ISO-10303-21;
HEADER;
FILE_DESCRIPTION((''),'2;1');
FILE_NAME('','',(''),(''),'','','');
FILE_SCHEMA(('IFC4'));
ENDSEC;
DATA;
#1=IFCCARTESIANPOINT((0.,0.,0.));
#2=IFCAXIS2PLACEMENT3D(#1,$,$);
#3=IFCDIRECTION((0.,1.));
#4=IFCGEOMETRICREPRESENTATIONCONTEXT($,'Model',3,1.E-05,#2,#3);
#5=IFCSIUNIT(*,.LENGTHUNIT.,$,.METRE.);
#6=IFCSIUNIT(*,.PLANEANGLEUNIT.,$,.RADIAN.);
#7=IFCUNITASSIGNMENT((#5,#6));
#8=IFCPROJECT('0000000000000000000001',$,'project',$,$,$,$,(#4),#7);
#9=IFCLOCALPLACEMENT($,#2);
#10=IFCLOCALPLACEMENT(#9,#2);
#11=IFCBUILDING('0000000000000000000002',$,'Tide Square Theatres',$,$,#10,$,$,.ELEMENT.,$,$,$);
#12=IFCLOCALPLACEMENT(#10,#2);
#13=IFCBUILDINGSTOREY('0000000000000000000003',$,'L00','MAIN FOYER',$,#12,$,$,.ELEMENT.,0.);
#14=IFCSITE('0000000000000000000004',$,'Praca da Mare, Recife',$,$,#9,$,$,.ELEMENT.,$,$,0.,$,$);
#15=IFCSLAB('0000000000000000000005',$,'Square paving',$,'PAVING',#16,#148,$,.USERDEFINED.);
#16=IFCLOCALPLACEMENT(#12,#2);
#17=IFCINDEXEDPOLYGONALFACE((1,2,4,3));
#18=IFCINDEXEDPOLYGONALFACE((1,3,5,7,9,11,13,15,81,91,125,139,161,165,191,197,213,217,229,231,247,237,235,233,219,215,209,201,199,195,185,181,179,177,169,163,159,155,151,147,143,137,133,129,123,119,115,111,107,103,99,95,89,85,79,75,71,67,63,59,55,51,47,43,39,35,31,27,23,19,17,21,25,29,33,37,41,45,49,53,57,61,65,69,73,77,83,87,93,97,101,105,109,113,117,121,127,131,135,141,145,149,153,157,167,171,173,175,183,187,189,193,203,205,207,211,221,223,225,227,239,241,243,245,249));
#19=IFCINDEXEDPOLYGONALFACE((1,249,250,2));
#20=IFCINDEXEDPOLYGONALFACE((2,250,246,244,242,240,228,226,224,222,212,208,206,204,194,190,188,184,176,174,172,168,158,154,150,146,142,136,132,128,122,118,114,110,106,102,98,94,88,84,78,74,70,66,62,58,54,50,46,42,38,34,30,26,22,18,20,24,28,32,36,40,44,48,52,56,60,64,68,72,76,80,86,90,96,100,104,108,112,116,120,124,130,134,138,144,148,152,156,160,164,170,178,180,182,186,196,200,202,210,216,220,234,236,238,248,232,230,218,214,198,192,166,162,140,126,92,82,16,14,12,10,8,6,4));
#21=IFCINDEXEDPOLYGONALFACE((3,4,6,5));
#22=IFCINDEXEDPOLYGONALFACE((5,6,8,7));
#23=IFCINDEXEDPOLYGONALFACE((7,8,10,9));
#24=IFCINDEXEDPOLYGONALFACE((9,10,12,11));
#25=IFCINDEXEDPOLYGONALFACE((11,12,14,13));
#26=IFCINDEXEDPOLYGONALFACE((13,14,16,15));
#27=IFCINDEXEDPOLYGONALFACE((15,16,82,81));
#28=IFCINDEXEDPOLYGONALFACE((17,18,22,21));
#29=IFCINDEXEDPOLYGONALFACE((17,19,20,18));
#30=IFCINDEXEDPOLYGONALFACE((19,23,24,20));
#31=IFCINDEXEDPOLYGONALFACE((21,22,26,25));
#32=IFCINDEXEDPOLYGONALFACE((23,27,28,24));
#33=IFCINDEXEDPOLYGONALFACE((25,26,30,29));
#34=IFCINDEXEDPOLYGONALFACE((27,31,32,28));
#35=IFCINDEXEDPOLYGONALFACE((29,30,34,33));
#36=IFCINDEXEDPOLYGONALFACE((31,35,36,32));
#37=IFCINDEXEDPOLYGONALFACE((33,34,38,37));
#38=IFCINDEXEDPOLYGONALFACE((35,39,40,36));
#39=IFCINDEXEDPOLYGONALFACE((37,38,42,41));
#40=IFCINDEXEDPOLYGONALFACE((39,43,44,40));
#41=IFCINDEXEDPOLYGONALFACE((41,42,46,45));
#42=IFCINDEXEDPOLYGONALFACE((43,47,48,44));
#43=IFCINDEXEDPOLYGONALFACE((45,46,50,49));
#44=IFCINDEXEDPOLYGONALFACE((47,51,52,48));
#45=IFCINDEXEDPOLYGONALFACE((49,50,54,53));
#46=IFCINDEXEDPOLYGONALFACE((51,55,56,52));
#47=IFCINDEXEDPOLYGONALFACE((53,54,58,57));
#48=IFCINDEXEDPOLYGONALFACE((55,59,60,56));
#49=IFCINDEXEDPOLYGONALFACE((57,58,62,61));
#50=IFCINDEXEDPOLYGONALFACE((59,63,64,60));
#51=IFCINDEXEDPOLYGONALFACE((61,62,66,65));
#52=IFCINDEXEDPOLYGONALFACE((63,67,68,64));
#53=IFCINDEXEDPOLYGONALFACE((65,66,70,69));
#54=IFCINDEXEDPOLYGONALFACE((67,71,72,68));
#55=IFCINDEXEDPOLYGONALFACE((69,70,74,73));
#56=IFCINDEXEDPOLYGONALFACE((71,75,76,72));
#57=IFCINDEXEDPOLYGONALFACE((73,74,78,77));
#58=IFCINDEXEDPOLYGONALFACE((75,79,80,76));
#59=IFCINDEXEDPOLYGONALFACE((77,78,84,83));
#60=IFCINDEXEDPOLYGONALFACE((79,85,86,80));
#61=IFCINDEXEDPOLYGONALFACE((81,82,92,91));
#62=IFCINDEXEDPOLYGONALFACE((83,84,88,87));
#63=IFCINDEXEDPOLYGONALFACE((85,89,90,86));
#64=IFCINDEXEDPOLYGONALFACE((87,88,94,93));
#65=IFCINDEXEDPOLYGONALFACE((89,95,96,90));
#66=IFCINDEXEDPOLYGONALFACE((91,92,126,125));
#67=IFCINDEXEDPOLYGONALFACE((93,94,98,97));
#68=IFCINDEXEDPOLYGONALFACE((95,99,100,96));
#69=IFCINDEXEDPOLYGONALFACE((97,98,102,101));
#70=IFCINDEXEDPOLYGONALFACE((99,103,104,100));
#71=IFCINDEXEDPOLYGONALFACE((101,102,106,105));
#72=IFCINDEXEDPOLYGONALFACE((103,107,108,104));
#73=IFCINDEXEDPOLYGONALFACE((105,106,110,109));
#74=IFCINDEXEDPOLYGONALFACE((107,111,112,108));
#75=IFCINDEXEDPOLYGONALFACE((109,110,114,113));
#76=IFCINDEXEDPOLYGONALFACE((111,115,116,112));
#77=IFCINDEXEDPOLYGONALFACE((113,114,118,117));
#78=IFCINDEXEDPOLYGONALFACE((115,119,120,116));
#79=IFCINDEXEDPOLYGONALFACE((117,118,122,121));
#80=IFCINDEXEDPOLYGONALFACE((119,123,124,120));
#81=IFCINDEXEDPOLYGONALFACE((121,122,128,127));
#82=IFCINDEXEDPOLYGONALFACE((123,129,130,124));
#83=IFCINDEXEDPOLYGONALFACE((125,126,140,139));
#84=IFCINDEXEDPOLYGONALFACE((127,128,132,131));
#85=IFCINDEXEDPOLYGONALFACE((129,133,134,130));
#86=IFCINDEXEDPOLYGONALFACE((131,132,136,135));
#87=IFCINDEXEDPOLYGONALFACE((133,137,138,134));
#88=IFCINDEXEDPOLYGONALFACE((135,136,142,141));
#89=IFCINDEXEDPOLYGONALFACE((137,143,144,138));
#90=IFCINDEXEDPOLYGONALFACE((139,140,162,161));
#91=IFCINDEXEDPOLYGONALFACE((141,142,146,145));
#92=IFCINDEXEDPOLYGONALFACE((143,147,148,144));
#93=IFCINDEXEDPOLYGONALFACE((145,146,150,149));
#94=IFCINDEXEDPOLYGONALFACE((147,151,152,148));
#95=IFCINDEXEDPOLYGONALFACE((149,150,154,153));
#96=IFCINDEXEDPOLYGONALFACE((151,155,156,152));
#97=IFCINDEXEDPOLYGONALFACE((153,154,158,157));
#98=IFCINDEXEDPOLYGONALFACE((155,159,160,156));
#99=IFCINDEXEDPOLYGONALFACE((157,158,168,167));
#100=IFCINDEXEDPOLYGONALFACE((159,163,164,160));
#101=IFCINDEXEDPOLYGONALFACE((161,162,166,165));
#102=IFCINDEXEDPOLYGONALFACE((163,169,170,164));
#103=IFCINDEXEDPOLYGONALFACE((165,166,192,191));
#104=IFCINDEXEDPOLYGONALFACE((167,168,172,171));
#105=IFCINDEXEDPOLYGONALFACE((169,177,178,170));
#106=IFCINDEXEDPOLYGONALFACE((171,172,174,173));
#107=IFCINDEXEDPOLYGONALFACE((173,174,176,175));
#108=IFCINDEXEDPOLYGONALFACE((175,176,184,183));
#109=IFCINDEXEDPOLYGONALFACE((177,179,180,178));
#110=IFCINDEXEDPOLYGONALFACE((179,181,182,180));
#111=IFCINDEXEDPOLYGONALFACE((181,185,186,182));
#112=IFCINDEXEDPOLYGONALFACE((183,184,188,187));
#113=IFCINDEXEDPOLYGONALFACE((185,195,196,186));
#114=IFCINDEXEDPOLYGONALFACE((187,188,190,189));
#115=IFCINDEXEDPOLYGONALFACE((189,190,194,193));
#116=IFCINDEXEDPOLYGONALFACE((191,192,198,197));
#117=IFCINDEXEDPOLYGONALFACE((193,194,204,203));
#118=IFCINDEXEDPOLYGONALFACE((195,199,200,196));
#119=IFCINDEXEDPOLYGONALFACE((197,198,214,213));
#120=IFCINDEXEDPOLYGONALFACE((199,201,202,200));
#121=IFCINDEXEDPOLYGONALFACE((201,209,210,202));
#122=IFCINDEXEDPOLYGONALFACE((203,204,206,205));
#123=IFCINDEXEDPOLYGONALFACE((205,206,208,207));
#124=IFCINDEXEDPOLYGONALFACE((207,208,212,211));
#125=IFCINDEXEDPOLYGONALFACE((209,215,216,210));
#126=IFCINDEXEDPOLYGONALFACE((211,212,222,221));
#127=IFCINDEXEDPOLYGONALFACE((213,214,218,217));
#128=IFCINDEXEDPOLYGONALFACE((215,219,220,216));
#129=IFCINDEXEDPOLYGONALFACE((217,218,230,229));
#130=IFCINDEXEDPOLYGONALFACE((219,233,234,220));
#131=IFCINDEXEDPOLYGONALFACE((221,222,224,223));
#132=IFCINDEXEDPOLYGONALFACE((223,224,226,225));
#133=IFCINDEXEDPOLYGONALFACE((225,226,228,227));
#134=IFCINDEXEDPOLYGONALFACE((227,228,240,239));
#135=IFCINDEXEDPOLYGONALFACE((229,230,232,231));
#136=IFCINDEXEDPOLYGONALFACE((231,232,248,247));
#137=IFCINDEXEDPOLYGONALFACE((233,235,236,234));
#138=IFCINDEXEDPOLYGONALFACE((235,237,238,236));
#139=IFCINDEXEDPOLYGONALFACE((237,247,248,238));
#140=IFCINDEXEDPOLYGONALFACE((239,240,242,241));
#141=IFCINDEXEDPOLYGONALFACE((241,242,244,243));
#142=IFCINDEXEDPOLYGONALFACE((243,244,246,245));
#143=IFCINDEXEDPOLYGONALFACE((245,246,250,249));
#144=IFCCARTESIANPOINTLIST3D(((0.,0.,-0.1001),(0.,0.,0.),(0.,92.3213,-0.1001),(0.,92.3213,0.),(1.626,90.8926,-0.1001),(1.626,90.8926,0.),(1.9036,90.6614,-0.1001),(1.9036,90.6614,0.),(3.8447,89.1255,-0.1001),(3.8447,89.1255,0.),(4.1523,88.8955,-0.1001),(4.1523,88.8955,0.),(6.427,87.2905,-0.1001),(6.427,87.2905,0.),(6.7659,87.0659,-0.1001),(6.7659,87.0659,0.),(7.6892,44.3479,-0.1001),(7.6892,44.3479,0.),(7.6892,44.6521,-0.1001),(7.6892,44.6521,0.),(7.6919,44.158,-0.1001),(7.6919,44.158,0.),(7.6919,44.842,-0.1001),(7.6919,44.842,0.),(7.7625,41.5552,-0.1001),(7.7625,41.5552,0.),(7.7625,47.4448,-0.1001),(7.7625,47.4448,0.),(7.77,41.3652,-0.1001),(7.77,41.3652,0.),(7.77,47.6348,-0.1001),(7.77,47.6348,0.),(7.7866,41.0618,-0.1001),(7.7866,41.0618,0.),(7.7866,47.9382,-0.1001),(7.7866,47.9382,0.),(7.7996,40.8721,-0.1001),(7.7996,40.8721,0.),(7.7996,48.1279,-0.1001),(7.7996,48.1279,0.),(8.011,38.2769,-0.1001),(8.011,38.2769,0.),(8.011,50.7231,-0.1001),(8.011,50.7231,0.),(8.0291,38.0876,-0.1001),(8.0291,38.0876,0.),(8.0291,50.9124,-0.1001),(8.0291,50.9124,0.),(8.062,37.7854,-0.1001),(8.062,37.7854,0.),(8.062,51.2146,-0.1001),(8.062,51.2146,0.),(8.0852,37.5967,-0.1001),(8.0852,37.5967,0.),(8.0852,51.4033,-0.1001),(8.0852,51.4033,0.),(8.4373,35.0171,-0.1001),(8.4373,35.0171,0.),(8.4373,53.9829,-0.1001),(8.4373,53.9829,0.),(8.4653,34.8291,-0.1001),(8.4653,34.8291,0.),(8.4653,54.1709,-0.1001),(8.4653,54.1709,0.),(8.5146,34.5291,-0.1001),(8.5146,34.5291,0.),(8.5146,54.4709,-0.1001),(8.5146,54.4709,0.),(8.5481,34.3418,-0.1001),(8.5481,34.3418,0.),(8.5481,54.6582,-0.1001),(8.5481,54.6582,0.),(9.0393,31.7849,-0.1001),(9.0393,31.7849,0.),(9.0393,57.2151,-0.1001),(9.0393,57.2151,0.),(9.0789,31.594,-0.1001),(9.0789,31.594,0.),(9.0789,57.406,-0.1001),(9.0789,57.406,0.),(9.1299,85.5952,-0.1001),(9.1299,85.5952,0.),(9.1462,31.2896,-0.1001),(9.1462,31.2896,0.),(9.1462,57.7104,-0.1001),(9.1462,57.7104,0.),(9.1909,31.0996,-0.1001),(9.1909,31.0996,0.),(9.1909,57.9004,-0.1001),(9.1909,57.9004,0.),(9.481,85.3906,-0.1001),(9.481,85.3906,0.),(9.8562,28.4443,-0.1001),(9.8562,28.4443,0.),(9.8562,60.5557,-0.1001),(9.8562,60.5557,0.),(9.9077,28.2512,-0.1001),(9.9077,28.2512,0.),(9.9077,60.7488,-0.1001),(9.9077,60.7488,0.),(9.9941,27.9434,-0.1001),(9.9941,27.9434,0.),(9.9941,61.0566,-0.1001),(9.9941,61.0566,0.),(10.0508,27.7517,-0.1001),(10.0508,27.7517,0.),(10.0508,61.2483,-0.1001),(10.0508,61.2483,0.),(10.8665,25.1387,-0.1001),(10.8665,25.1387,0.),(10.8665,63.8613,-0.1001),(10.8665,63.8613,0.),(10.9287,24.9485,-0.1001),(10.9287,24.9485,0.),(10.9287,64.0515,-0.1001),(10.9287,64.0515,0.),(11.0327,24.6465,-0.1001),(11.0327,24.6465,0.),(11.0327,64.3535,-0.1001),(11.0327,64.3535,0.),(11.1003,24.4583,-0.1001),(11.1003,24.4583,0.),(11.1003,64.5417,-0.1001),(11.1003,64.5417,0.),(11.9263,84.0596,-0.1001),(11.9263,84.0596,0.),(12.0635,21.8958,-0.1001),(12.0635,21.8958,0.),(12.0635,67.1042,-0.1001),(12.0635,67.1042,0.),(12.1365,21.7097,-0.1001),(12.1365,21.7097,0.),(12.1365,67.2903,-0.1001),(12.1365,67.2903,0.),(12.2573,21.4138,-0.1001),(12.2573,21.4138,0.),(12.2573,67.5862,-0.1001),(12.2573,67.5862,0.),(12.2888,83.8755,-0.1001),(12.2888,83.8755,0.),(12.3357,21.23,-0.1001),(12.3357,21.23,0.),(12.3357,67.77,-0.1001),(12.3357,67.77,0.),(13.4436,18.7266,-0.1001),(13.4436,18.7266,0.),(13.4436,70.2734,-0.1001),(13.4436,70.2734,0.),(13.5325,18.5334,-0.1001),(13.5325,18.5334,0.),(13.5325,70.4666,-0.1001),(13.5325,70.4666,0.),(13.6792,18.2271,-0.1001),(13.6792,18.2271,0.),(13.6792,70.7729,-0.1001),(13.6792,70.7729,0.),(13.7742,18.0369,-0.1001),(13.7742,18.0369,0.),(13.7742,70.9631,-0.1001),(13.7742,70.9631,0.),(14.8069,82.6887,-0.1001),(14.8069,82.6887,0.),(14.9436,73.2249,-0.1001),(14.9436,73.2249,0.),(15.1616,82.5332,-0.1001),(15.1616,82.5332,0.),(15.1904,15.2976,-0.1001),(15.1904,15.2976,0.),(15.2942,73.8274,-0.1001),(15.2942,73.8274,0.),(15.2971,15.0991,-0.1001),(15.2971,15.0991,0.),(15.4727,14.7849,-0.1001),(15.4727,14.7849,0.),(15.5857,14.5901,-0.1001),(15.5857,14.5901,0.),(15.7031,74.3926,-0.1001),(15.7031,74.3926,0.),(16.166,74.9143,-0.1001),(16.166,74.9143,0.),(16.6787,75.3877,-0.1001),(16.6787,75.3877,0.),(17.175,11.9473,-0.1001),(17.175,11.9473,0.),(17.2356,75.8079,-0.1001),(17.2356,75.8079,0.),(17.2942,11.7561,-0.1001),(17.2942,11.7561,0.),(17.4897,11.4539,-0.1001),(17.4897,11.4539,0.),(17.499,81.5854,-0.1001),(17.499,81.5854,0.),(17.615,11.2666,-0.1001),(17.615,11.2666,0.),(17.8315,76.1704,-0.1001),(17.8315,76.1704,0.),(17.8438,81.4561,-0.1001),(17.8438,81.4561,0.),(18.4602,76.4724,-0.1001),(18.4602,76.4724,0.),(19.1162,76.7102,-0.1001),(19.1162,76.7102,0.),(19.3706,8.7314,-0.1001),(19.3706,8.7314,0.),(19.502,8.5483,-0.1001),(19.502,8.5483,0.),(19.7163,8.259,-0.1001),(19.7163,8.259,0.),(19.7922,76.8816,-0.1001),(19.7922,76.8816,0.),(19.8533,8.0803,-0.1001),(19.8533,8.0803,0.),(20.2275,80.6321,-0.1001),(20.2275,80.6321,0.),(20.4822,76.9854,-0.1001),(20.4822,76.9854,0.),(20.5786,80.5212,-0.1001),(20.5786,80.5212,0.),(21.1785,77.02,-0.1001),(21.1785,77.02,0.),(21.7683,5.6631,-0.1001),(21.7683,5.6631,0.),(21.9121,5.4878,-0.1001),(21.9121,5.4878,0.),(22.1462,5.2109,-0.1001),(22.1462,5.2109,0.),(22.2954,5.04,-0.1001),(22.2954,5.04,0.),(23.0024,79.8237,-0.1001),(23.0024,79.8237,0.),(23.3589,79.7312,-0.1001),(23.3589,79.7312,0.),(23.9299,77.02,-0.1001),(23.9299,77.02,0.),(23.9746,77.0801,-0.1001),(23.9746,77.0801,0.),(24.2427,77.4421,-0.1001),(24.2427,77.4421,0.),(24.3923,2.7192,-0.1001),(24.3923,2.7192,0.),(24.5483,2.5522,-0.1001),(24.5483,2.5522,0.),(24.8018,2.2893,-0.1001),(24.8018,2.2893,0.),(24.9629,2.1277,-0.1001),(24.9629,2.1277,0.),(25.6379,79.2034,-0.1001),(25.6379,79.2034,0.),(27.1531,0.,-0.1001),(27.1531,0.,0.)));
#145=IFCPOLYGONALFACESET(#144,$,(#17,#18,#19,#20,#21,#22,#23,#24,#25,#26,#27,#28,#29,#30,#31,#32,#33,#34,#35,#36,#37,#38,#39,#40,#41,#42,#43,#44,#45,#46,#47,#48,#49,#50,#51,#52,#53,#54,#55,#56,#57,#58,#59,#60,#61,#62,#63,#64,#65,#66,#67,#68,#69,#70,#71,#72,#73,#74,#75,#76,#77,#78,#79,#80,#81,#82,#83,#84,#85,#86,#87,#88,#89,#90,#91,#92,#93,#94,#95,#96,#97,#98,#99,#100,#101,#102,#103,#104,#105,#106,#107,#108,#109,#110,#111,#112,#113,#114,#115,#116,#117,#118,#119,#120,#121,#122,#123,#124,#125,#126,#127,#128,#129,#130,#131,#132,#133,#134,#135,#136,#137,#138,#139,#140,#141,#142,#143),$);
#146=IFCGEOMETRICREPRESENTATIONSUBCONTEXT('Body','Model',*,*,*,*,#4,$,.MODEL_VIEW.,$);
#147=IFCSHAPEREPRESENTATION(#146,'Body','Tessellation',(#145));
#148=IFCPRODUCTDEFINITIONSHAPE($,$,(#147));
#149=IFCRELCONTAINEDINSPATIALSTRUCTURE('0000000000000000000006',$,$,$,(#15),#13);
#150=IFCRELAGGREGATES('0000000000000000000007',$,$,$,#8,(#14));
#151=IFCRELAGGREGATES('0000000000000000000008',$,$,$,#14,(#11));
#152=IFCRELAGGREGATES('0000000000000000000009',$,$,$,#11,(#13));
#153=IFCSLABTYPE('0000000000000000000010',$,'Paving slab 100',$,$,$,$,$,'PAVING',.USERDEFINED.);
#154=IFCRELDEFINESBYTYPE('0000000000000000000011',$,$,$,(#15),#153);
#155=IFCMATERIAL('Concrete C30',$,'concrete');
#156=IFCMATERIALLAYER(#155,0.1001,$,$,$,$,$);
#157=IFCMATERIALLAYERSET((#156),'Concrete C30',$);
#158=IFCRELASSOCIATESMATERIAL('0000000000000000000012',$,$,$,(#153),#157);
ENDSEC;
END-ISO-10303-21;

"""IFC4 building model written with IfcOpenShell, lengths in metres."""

from ifc_helpers import new_model, si_unit, direction, frame, origin, place, context, subcontext, project, spatial, polyline, outline, extrude, material, layer, layer_set, type_object, element, save


model = new_model("IFC4")

# Units and contexts
model_context = context("Model", 3, precision=1e-05, world=origin(), true_north=direction((0.0, 1.0)))
body_context = subcontext(model_context, "Body", "Model", "MODEL_VIEW")
ifc_project = project(units=[si_unit("LENGTHUNIT", "METRE"), si_unit("PLANEANGLEUNIT", "RADIAN")], contexts=[model_context])

# Site, building, storey
site_placement = place(None, origin())
site = spatial("IfcSite", under=ifc_project, at=site_placement, Name="Praca da Mare, Recife", CompositionType="ELEMENT", RefElevation=0.0)
building_placement = place(site_placement, origin())
building = spatial("IfcBuilding", under=site, at=building_placement, Name="Tide Square Theatres", CompositionType="ELEMENT")
storey_placement = place(building_placement, origin())
storey = spatial("IfcBuildingStorey", under=building, at=storey_placement, Name="L00", Description="MAIN FOYER", CompositionType="ELEMENT", Elevation=0.0)

# Slab
ifc_material_1 = material(Name="Concrete C30", Category="concrete")
ifc_layer_1 = layer(ifc_material_1, 0.1001)
ifc_layer_set_1 = layer_set([ifc_layer_1], Name="Concrete C30")
slab_type_1 = type_object("IfcSlabType", Name="Paving slab 100", ElementType="PAVING", PredefinedType="USERDEFINED", material=ifc_layer_set_1)
slab_1_placement = place(storey_placement, frame((0.0, 0.0, -0.1001)))
element("IfcSlab", 1, at=slab_1_placement, inside=storey, type_object=slab_type_1, Name="Square paving", ObjectType="PAVING", PredefinedType="USERDEFINED", context=body_context, shape_type="SweptSolid", body=[
    extrude(outline(polyline([(0.0, 0.0), (27.1531, 0.0), (24.9629, 2.1277), (24.8018, 2.2893), (24.5483, 2.5522), (24.3923, 2.7192), (22.2954, 5.04), (22.1462, 5.2109), (21.9121, 5.4878), (21.7683, 5.6631), (19.8533, 8.0803), (19.7163, 8.259), (19.502, 8.5483), (19.3706, 8.7314), (17.615, 11.2666), (17.4897, 11.4539), (17.2942, 11.7561), (17.175, 11.9473), (15.5857, 14.5901), (15.4727, 14.7849), (15.2971, 15.0991), (15.1904, 15.2976), (13.7742, 18.0369), (13.6792, 18.2271), (13.5325, 18.5334), (13.4436, 18.7266), (12.3357, 21.23), (12.2573, 21.4138), (12.1365, 21.7097), (12.0635, 21.8958), (11.1003, 24.4583), (11.0327, 24.6465), (10.9287, 24.9485), (10.8665, 25.1387), (10.0508, 27.7517), (9.9941, 27.9434), (9.9077, 28.2512), (9.8562, 28.4443), (9.1909, 31.0996), (9.1462, 31.2896), (9.0789, 31.594), (9.0393, 31.7849), (8.5481, 34.3418), (8.5146, 34.5291), (8.4653, 34.8291), (8.4373, 35.0171), (8.0852, 37.5967), (8.062, 37.7854), (8.0291, 38.0876), (8.011, 38.2769), (7.7996, 40.8721), (7.7866, 41.0618), (7.77, 41.3652), (7.7625, 41.5552), (7.6919, 44.158), (7.6892, 44.3479), (7.6892, 44.6521), (7.6919, 44.842), (7.7625, 47.4448), (7.77, 47.6348), (7.7866, 47.9382), (7.7996, 48.1279), (8.011, 50.7231), (8.0291, 50.9124), (8.062, 51.2146), (8.0852, 51.4033), (8.4373, 53.9829), (8.4653, 54.1709), (8.5146, 54.4709), (8.5481, 54.6582), (9.0393, 57.2151), (9.0789, 57.406), (9.1462, 57.7104), (9.1909, 57.9004), (9.8562, 60.5557), (9.9077, 60.7488), (9.9941, 61.0566), (10.0508, 61.2483), (10.8665, 63.8613), (10.9287, 64.0515), (11.0327, 64.3535), (11.1003, 64.5417), (12.0635, 67.1042), (12.1365, 67.2903), (12.2573, 67.5862), (12.3357, 67.77), (13.4436, 70.2734), (13.5325, 70.4666), (13.6792, 70.7729), (13.7742, 70.9631), (14.9436, 73.2249), (15.2942, 73.8274), (15.7031, 74.3926), (16.166, 74.9143), (16.6787, 75.3877), (17.2356, 75.8079), (17.8315, 76.1704), (18.4602, 76.4724), (19.1162, 76.7102), (19.7922, 76.8816), (20.4822, 76.9854), (21.1785, 77.02), (23.9299, 77.02), (23.9746, 77.0801), (24.2427, 77.4421), (25.6379, 79.2034), (23.3589, 79.7312), (23.0024, 79.8237), (20.5786, 80.5212), (20.2275, 80.6321), (17.8438, 81.4561), (17.499, 81.5854), (15.1616, 82.5332), (14.8069, 82.6887), (12.2888, 83.8755), (11.9263, 84.0596), (9.481, 85.3906), (9.1299, 85.5952), (6.7659, 87.0659), (6.427, 87.2905), (4.1523, 88.8955), (3.8447, 89.1255), (1.9036, 90.6614), (1.626, 90.8926), (0.0, 92.3213), (0.0, 0.0)])), origin(), (0.0, 0.0, 1.0), 0.1001),
])

save(model, "model.ifc")
